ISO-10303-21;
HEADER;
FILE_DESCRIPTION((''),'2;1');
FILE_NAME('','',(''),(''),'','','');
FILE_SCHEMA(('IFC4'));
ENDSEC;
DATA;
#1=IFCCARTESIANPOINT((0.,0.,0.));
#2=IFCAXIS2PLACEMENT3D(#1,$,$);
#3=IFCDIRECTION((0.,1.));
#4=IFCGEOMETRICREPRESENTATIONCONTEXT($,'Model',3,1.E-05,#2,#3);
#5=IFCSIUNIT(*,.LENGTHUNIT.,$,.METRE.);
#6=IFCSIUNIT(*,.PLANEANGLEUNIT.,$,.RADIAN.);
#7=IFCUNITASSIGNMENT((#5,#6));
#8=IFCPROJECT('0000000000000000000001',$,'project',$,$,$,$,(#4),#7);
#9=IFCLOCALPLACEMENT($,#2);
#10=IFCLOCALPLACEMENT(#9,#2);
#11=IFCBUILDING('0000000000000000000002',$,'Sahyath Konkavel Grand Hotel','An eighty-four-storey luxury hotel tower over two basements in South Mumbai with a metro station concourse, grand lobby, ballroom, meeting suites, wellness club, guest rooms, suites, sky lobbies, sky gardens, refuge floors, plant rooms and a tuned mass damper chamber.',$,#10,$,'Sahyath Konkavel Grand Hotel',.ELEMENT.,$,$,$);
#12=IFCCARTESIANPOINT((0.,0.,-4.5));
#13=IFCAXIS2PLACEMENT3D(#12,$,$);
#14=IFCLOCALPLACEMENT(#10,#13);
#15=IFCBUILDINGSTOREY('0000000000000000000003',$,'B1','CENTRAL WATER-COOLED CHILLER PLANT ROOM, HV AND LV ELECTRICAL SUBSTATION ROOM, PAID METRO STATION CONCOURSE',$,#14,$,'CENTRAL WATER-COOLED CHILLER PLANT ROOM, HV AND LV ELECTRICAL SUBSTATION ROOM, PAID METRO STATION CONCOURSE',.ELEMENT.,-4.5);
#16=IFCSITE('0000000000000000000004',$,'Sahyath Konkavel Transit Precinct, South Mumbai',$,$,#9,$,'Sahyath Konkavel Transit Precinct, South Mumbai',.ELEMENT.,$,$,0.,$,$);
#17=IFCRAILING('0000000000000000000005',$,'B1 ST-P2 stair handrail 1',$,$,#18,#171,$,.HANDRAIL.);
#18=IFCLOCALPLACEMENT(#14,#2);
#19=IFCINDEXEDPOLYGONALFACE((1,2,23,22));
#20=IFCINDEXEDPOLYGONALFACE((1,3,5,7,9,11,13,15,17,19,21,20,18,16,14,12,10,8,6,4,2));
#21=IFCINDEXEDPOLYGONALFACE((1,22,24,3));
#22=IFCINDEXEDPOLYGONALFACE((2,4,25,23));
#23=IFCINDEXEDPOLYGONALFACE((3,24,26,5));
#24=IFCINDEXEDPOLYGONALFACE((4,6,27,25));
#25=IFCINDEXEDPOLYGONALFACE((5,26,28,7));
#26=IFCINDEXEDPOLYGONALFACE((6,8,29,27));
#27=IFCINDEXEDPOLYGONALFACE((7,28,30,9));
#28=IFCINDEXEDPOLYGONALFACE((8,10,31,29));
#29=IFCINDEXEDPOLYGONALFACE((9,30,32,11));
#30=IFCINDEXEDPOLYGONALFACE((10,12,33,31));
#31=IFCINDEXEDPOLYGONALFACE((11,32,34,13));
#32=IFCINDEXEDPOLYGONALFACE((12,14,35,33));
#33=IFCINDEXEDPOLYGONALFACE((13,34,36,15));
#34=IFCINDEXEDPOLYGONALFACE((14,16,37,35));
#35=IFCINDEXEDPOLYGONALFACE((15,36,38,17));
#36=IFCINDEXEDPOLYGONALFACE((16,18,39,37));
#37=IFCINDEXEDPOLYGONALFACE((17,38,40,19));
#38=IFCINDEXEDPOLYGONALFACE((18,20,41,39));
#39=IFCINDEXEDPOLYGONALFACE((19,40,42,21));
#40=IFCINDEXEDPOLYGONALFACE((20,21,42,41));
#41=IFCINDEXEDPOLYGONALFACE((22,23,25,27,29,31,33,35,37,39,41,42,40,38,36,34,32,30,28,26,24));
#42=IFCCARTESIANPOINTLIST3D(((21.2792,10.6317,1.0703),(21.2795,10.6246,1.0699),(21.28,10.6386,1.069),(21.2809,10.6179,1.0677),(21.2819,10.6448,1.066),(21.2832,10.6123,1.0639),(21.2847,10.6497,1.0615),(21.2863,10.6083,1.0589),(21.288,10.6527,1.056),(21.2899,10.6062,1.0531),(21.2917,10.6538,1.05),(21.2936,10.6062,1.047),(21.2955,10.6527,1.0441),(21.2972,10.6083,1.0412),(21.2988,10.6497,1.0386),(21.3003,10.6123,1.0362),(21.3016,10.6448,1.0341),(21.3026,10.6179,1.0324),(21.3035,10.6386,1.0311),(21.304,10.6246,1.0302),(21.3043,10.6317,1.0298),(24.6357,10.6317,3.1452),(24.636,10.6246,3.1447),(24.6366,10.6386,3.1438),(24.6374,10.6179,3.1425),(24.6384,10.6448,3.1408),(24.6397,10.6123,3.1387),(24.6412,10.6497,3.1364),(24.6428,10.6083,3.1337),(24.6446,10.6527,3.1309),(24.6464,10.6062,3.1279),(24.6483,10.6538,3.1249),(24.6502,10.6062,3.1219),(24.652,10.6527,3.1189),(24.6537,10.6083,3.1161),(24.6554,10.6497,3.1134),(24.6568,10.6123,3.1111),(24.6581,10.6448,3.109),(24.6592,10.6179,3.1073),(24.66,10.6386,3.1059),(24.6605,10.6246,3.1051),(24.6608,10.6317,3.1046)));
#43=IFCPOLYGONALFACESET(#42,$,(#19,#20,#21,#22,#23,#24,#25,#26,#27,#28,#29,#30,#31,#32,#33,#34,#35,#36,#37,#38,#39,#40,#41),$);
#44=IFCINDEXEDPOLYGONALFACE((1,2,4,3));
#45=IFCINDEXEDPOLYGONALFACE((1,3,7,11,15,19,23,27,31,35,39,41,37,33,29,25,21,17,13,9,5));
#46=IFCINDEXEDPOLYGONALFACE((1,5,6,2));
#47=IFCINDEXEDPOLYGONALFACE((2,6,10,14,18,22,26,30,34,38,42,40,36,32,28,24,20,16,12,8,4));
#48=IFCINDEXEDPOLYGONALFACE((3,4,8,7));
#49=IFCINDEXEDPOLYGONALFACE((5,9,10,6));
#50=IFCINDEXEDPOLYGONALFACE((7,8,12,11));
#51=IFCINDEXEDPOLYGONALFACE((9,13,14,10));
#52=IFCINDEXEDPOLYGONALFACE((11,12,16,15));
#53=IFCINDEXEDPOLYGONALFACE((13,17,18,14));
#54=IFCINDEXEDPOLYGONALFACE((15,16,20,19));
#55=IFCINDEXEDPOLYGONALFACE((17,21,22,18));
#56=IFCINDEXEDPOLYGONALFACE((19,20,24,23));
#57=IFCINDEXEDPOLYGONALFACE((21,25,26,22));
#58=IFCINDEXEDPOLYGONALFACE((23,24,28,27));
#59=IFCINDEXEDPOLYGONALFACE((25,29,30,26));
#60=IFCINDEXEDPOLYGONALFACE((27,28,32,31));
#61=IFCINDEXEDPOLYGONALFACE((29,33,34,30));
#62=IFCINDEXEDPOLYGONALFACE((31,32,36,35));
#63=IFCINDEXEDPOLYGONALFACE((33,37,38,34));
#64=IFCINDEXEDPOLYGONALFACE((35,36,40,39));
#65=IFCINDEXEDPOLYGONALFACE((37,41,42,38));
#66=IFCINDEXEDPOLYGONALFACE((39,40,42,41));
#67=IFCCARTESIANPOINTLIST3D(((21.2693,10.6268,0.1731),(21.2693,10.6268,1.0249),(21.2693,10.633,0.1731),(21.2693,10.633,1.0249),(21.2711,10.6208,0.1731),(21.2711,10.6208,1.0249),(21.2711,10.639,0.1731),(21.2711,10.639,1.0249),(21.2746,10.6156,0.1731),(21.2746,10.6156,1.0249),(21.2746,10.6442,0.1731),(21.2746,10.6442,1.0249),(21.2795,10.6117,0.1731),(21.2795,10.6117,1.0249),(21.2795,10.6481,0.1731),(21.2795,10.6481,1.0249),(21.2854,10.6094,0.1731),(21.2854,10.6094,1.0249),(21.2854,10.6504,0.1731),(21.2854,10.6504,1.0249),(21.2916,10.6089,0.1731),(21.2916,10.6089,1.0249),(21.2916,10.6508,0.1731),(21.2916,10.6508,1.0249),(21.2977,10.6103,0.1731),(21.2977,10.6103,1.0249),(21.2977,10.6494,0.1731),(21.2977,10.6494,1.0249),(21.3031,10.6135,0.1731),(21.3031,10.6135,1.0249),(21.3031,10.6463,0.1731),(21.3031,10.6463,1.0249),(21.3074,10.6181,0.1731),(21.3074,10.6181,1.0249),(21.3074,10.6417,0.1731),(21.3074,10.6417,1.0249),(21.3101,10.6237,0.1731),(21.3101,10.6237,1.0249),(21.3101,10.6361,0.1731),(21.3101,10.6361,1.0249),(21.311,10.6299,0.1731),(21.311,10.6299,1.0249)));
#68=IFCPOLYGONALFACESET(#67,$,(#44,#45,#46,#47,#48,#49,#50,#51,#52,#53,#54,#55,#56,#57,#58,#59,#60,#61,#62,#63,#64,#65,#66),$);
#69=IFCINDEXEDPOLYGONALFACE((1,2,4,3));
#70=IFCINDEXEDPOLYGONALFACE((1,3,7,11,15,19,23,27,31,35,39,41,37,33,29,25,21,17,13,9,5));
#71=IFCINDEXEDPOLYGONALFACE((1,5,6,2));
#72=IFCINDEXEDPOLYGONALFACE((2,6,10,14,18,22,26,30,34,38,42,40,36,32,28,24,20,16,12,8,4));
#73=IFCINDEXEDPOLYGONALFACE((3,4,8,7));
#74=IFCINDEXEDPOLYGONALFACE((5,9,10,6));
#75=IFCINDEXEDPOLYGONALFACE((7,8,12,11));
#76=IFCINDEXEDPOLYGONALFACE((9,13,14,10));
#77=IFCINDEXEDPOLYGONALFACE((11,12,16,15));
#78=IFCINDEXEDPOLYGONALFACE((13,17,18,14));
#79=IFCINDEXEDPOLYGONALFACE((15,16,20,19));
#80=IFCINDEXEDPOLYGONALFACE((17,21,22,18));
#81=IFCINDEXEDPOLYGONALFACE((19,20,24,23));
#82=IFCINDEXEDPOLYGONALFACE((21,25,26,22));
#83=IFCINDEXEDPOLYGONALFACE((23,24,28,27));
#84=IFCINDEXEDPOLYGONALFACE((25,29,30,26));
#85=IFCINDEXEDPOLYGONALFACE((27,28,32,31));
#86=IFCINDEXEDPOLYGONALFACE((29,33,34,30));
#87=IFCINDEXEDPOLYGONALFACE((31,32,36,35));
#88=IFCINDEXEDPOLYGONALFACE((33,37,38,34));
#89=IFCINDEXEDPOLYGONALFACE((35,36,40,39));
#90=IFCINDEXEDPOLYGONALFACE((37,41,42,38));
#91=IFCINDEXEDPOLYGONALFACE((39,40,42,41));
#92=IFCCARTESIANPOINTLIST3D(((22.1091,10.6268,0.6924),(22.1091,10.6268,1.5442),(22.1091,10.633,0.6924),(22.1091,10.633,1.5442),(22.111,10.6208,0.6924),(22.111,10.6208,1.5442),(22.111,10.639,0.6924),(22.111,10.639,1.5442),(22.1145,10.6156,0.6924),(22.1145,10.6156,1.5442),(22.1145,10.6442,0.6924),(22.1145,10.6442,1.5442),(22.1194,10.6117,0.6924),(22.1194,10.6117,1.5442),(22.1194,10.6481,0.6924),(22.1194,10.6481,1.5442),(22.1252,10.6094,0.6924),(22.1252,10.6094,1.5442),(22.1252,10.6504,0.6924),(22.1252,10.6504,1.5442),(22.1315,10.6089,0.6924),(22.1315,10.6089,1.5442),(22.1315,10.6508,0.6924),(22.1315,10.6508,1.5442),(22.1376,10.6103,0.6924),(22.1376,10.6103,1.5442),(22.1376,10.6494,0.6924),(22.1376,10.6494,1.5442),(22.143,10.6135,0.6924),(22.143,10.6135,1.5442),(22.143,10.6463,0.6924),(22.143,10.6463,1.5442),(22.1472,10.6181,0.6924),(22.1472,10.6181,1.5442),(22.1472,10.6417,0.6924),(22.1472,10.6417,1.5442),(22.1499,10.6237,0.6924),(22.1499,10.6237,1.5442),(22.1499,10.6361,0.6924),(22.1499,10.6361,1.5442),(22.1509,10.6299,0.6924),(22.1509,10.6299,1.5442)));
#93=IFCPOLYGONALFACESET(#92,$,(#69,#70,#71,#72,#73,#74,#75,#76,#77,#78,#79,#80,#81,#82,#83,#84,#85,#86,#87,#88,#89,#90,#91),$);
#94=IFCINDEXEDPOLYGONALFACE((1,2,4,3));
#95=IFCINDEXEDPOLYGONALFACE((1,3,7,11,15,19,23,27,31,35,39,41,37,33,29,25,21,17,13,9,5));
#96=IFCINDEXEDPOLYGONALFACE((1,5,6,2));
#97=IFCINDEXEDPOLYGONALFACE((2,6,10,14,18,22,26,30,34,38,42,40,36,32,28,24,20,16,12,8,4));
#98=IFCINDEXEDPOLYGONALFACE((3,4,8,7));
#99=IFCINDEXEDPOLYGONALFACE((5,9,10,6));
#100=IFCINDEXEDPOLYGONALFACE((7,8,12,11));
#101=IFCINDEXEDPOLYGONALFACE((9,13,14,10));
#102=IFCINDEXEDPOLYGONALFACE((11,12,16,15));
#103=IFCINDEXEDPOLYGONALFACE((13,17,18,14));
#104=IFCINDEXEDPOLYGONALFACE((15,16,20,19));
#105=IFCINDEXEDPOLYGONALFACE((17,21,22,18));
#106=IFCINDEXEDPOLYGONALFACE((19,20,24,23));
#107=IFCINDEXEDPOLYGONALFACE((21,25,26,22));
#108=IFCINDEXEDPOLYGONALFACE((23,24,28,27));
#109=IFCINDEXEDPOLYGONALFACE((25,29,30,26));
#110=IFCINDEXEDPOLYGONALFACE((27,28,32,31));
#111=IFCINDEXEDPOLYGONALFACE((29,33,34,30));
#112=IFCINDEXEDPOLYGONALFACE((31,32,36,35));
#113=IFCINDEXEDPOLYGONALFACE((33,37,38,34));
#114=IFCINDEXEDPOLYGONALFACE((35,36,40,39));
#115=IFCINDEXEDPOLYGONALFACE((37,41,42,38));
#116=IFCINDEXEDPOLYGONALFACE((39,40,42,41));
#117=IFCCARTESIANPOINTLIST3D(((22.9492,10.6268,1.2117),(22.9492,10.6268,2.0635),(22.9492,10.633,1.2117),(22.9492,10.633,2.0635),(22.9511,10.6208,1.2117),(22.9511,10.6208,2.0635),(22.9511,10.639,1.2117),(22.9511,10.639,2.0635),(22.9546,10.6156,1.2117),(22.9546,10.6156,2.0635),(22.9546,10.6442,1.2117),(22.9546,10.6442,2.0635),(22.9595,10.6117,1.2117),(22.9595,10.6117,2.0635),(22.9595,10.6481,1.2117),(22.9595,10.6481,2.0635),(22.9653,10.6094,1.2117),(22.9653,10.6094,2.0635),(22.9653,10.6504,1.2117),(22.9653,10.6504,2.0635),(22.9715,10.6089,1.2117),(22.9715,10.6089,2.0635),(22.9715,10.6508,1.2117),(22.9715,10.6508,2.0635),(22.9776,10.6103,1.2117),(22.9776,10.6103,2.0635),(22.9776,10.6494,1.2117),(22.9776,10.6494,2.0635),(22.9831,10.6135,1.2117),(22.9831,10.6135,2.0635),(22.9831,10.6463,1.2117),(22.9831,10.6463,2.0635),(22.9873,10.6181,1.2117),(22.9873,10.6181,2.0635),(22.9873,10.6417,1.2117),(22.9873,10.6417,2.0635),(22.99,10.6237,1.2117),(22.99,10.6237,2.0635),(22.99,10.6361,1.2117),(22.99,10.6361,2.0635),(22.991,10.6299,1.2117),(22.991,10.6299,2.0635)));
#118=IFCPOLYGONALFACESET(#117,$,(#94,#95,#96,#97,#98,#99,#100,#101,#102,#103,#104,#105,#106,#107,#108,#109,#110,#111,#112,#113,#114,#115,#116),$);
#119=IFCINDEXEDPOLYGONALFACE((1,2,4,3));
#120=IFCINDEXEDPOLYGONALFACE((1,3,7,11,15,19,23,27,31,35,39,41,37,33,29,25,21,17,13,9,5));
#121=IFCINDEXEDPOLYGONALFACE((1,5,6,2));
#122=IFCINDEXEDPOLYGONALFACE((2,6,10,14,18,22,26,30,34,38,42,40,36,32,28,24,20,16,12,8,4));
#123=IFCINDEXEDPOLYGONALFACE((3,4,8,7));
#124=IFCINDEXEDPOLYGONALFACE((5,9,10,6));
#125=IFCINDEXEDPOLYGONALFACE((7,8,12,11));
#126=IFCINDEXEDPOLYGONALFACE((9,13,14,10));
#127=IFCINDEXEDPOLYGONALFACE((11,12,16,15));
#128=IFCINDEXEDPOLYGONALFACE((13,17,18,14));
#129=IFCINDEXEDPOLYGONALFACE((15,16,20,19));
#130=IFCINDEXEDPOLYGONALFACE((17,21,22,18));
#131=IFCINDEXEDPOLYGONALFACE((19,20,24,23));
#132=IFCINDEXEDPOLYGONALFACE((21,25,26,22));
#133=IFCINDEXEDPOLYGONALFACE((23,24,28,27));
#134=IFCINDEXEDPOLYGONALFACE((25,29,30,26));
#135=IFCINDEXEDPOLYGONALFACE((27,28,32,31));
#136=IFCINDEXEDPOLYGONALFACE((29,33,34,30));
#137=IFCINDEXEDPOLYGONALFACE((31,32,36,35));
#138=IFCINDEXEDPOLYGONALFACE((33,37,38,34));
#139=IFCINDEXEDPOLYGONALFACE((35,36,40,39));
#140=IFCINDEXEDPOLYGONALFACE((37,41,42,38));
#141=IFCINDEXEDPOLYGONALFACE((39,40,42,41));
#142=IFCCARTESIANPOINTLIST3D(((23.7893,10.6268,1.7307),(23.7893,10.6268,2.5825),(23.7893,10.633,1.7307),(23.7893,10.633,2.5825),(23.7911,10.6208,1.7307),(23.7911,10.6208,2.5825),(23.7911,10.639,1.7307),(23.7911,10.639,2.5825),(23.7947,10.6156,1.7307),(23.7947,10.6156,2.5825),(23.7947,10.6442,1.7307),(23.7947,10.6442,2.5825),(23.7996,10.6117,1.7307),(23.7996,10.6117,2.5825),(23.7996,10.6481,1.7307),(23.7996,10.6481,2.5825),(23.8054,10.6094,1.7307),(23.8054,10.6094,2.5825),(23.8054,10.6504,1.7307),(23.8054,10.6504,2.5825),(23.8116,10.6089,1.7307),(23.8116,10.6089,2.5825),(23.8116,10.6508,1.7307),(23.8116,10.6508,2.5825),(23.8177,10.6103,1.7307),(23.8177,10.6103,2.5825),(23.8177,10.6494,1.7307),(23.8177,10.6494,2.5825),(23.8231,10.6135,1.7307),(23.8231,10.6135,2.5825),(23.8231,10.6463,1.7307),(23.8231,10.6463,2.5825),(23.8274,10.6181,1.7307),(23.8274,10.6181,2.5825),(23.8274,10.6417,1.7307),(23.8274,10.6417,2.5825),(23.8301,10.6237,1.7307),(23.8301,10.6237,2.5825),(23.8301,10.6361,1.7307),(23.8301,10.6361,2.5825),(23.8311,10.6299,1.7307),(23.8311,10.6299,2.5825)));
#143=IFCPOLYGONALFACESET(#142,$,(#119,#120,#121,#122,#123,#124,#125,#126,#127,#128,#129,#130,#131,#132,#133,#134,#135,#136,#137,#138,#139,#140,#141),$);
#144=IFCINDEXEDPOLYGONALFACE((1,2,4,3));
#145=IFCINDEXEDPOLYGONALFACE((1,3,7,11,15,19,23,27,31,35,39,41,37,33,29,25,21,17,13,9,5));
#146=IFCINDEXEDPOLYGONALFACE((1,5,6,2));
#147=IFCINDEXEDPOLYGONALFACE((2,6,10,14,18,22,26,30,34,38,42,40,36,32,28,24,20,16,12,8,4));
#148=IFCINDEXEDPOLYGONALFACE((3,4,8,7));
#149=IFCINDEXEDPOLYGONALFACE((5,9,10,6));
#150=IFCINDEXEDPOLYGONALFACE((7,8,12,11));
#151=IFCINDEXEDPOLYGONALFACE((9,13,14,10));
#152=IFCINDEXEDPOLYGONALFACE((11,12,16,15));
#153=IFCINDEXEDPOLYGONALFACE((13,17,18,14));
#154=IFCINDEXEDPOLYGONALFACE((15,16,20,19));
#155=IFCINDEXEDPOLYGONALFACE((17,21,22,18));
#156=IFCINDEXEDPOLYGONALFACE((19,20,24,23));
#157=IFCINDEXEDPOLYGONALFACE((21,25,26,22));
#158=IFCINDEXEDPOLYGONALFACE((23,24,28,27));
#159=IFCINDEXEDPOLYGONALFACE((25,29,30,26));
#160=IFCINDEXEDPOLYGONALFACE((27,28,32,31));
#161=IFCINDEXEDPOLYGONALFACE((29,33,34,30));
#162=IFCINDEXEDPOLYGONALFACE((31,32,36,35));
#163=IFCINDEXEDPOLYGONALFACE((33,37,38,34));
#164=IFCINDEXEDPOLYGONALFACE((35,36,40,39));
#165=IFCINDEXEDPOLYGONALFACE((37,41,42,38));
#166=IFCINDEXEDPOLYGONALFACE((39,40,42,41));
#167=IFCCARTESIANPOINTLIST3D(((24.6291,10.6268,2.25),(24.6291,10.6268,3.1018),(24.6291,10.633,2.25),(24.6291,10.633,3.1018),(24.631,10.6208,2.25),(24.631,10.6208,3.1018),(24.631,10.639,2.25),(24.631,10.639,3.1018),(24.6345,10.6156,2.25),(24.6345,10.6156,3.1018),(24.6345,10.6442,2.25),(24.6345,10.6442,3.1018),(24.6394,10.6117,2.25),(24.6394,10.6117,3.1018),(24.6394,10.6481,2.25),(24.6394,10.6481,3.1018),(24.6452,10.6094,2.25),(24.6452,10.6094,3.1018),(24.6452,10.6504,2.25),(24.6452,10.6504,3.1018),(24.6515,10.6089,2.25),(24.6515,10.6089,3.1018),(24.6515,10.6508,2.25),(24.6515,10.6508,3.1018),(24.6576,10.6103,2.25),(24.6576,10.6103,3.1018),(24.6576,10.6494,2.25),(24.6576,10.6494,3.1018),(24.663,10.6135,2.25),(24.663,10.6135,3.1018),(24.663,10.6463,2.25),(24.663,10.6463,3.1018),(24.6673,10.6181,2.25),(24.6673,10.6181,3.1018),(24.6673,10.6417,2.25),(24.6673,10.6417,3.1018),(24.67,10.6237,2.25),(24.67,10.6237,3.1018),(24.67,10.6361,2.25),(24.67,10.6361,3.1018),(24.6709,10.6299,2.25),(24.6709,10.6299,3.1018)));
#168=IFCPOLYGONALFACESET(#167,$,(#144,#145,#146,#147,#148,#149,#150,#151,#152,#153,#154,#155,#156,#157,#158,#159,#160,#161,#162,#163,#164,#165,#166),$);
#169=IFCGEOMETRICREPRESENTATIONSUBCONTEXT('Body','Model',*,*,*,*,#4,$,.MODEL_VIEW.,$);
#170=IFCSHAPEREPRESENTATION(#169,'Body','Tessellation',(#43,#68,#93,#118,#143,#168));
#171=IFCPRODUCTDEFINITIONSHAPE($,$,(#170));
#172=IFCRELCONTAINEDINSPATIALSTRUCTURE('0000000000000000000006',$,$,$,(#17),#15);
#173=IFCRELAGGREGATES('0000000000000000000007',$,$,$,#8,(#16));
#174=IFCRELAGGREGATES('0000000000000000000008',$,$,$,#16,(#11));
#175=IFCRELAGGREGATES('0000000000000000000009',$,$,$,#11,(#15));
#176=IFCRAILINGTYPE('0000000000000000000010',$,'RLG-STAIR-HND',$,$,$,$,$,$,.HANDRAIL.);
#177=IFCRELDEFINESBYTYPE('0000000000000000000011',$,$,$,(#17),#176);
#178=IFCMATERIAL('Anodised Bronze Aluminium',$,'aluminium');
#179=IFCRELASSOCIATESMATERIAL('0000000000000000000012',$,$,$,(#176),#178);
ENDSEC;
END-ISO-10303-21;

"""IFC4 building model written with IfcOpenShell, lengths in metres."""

from ifc_helpers import new_model, si_unit, direction, frame, origin, origin_2d, place, context, subcontext, project, spatial, circle, extrude, material, type_object, element, save


model = new_model("IFC4")

# Units and contexts
model_context = context("Model", 3, precision=1e-05, world=origin(), true_north=direction((0.0, 1.0)))
body_context = subcontext(model_context, "Body", "Model", "MODEL_VIEW")
ifc_project = project(units=[si_unit("LENGTHUNIT", "METRE"), si_unit("PLANEANGLEUNIT", "RADIAN")], contexts=[model_context])

# Site, building, storey
site_placement = place(None, origin())
site = spatial("IfcSite", under=ifc_project, at=site_placement, Name="Sahyath Konkavel Transit Precinct, South Mumbai", LongName="Sahyath Konkavel Transit Precinct, South Mumbai", CompositionType="ELEMENT", RefElevation=0.0)
building_placement = place(site_placement, origin())
building = spatial("IfcBuilding", under=site, at=building_placement, Name="Sahyath Konkavel Grand Hotel", Description="An eighty-four-storey luxury hotel tower over two basements in South Mumbai with a metro station concourse, grand lobby, ballroom, meeting suites, wellness club, guest rooms, suites, sky lobbies, sky gardens, refuge floors, plant rooms and a tuned mass damper chamber.", LongName="Sahyath Konkavel Grand Hotel", CompositionType="ELEMENT")
storey_placement = place(building_placement, frame((0.0, 0.0, -4.5)))
storey = spatial("IfcBuildingStorey", under=building, at=storey_placement, Name="B1", Description="CENTRAL WATER-COOLED CHILLER PLANT ROOM, HV AND LV ELECTRICAL SUBSTATION ROOM, PAID METRO STATION CONCOURSE", LongName="CENTRAL WATER-COOLED CHILLER PLANT ROOM, HV AND LV ELECTRICAL SUBSTATION ROOM, PAID METRO STATION CONCOURSE", CompositionType="ELEMENT", Elevation=-4.5)

# Railing
ifc_material_1 = material(Name="Anodised Bronze Aluminium", Category="aluminium")
railing_type_1 = type_object("IfcRailingType", Name="RLG-STAIR-HND", PredefinedType="HANDRAIL", material=ifc_material_1)
railing_1_placement = place(storey_placement, frame((21.29, 10.6299, 0.1731)))
element("IfcRailing", 1, at=railing_1_placement, inside=storey, type_object=railing_type_1, Name="B1 ST-P2 stair handrail 1", PredefinedType="HANDRAIL", context=body_context, shape_type="SweptSolid", body=[
    extrude(circle(Radius=0.0239, at=origin_2d()), frame((0.0017, 0.0, 0.877), z_axis=(0.850606, 0.0, 0.525803), x_axis=(0.0, 1.0, 0.0)), (0.0, 0.0, 1.0), 3.946),
    extrude(circle(Radius=0.021, at=origin_2d()), origin(), (0.0, 0.0, 1.0), 0.8518),
    extrude(circle(Radius=0.021, at=origin_2d()), frame((0.8398, 0.0, 0.5193)), (0.0, 0.0, 1.0), 0.8518),
    extrude(circle(Radius=0.021, at=origin_2d()), frame((1.6799, 0.0, 1.0386)), (0.0, 0.0, 1.0), 0.8518),
    extrude(circle(Radius=0.021, at=origin_2d()), frame((2.52, 0.0, 1.5576)), (0.0, 0.0, 1.0), 0.8518),
    extrude(circle(Radius=0.021, at=origin_2d()), frame((3.3599, 0.0, 2.0769)), (0.0, 0.0, 1.0), 0.8518),
])

save(model, "model.ifc")
